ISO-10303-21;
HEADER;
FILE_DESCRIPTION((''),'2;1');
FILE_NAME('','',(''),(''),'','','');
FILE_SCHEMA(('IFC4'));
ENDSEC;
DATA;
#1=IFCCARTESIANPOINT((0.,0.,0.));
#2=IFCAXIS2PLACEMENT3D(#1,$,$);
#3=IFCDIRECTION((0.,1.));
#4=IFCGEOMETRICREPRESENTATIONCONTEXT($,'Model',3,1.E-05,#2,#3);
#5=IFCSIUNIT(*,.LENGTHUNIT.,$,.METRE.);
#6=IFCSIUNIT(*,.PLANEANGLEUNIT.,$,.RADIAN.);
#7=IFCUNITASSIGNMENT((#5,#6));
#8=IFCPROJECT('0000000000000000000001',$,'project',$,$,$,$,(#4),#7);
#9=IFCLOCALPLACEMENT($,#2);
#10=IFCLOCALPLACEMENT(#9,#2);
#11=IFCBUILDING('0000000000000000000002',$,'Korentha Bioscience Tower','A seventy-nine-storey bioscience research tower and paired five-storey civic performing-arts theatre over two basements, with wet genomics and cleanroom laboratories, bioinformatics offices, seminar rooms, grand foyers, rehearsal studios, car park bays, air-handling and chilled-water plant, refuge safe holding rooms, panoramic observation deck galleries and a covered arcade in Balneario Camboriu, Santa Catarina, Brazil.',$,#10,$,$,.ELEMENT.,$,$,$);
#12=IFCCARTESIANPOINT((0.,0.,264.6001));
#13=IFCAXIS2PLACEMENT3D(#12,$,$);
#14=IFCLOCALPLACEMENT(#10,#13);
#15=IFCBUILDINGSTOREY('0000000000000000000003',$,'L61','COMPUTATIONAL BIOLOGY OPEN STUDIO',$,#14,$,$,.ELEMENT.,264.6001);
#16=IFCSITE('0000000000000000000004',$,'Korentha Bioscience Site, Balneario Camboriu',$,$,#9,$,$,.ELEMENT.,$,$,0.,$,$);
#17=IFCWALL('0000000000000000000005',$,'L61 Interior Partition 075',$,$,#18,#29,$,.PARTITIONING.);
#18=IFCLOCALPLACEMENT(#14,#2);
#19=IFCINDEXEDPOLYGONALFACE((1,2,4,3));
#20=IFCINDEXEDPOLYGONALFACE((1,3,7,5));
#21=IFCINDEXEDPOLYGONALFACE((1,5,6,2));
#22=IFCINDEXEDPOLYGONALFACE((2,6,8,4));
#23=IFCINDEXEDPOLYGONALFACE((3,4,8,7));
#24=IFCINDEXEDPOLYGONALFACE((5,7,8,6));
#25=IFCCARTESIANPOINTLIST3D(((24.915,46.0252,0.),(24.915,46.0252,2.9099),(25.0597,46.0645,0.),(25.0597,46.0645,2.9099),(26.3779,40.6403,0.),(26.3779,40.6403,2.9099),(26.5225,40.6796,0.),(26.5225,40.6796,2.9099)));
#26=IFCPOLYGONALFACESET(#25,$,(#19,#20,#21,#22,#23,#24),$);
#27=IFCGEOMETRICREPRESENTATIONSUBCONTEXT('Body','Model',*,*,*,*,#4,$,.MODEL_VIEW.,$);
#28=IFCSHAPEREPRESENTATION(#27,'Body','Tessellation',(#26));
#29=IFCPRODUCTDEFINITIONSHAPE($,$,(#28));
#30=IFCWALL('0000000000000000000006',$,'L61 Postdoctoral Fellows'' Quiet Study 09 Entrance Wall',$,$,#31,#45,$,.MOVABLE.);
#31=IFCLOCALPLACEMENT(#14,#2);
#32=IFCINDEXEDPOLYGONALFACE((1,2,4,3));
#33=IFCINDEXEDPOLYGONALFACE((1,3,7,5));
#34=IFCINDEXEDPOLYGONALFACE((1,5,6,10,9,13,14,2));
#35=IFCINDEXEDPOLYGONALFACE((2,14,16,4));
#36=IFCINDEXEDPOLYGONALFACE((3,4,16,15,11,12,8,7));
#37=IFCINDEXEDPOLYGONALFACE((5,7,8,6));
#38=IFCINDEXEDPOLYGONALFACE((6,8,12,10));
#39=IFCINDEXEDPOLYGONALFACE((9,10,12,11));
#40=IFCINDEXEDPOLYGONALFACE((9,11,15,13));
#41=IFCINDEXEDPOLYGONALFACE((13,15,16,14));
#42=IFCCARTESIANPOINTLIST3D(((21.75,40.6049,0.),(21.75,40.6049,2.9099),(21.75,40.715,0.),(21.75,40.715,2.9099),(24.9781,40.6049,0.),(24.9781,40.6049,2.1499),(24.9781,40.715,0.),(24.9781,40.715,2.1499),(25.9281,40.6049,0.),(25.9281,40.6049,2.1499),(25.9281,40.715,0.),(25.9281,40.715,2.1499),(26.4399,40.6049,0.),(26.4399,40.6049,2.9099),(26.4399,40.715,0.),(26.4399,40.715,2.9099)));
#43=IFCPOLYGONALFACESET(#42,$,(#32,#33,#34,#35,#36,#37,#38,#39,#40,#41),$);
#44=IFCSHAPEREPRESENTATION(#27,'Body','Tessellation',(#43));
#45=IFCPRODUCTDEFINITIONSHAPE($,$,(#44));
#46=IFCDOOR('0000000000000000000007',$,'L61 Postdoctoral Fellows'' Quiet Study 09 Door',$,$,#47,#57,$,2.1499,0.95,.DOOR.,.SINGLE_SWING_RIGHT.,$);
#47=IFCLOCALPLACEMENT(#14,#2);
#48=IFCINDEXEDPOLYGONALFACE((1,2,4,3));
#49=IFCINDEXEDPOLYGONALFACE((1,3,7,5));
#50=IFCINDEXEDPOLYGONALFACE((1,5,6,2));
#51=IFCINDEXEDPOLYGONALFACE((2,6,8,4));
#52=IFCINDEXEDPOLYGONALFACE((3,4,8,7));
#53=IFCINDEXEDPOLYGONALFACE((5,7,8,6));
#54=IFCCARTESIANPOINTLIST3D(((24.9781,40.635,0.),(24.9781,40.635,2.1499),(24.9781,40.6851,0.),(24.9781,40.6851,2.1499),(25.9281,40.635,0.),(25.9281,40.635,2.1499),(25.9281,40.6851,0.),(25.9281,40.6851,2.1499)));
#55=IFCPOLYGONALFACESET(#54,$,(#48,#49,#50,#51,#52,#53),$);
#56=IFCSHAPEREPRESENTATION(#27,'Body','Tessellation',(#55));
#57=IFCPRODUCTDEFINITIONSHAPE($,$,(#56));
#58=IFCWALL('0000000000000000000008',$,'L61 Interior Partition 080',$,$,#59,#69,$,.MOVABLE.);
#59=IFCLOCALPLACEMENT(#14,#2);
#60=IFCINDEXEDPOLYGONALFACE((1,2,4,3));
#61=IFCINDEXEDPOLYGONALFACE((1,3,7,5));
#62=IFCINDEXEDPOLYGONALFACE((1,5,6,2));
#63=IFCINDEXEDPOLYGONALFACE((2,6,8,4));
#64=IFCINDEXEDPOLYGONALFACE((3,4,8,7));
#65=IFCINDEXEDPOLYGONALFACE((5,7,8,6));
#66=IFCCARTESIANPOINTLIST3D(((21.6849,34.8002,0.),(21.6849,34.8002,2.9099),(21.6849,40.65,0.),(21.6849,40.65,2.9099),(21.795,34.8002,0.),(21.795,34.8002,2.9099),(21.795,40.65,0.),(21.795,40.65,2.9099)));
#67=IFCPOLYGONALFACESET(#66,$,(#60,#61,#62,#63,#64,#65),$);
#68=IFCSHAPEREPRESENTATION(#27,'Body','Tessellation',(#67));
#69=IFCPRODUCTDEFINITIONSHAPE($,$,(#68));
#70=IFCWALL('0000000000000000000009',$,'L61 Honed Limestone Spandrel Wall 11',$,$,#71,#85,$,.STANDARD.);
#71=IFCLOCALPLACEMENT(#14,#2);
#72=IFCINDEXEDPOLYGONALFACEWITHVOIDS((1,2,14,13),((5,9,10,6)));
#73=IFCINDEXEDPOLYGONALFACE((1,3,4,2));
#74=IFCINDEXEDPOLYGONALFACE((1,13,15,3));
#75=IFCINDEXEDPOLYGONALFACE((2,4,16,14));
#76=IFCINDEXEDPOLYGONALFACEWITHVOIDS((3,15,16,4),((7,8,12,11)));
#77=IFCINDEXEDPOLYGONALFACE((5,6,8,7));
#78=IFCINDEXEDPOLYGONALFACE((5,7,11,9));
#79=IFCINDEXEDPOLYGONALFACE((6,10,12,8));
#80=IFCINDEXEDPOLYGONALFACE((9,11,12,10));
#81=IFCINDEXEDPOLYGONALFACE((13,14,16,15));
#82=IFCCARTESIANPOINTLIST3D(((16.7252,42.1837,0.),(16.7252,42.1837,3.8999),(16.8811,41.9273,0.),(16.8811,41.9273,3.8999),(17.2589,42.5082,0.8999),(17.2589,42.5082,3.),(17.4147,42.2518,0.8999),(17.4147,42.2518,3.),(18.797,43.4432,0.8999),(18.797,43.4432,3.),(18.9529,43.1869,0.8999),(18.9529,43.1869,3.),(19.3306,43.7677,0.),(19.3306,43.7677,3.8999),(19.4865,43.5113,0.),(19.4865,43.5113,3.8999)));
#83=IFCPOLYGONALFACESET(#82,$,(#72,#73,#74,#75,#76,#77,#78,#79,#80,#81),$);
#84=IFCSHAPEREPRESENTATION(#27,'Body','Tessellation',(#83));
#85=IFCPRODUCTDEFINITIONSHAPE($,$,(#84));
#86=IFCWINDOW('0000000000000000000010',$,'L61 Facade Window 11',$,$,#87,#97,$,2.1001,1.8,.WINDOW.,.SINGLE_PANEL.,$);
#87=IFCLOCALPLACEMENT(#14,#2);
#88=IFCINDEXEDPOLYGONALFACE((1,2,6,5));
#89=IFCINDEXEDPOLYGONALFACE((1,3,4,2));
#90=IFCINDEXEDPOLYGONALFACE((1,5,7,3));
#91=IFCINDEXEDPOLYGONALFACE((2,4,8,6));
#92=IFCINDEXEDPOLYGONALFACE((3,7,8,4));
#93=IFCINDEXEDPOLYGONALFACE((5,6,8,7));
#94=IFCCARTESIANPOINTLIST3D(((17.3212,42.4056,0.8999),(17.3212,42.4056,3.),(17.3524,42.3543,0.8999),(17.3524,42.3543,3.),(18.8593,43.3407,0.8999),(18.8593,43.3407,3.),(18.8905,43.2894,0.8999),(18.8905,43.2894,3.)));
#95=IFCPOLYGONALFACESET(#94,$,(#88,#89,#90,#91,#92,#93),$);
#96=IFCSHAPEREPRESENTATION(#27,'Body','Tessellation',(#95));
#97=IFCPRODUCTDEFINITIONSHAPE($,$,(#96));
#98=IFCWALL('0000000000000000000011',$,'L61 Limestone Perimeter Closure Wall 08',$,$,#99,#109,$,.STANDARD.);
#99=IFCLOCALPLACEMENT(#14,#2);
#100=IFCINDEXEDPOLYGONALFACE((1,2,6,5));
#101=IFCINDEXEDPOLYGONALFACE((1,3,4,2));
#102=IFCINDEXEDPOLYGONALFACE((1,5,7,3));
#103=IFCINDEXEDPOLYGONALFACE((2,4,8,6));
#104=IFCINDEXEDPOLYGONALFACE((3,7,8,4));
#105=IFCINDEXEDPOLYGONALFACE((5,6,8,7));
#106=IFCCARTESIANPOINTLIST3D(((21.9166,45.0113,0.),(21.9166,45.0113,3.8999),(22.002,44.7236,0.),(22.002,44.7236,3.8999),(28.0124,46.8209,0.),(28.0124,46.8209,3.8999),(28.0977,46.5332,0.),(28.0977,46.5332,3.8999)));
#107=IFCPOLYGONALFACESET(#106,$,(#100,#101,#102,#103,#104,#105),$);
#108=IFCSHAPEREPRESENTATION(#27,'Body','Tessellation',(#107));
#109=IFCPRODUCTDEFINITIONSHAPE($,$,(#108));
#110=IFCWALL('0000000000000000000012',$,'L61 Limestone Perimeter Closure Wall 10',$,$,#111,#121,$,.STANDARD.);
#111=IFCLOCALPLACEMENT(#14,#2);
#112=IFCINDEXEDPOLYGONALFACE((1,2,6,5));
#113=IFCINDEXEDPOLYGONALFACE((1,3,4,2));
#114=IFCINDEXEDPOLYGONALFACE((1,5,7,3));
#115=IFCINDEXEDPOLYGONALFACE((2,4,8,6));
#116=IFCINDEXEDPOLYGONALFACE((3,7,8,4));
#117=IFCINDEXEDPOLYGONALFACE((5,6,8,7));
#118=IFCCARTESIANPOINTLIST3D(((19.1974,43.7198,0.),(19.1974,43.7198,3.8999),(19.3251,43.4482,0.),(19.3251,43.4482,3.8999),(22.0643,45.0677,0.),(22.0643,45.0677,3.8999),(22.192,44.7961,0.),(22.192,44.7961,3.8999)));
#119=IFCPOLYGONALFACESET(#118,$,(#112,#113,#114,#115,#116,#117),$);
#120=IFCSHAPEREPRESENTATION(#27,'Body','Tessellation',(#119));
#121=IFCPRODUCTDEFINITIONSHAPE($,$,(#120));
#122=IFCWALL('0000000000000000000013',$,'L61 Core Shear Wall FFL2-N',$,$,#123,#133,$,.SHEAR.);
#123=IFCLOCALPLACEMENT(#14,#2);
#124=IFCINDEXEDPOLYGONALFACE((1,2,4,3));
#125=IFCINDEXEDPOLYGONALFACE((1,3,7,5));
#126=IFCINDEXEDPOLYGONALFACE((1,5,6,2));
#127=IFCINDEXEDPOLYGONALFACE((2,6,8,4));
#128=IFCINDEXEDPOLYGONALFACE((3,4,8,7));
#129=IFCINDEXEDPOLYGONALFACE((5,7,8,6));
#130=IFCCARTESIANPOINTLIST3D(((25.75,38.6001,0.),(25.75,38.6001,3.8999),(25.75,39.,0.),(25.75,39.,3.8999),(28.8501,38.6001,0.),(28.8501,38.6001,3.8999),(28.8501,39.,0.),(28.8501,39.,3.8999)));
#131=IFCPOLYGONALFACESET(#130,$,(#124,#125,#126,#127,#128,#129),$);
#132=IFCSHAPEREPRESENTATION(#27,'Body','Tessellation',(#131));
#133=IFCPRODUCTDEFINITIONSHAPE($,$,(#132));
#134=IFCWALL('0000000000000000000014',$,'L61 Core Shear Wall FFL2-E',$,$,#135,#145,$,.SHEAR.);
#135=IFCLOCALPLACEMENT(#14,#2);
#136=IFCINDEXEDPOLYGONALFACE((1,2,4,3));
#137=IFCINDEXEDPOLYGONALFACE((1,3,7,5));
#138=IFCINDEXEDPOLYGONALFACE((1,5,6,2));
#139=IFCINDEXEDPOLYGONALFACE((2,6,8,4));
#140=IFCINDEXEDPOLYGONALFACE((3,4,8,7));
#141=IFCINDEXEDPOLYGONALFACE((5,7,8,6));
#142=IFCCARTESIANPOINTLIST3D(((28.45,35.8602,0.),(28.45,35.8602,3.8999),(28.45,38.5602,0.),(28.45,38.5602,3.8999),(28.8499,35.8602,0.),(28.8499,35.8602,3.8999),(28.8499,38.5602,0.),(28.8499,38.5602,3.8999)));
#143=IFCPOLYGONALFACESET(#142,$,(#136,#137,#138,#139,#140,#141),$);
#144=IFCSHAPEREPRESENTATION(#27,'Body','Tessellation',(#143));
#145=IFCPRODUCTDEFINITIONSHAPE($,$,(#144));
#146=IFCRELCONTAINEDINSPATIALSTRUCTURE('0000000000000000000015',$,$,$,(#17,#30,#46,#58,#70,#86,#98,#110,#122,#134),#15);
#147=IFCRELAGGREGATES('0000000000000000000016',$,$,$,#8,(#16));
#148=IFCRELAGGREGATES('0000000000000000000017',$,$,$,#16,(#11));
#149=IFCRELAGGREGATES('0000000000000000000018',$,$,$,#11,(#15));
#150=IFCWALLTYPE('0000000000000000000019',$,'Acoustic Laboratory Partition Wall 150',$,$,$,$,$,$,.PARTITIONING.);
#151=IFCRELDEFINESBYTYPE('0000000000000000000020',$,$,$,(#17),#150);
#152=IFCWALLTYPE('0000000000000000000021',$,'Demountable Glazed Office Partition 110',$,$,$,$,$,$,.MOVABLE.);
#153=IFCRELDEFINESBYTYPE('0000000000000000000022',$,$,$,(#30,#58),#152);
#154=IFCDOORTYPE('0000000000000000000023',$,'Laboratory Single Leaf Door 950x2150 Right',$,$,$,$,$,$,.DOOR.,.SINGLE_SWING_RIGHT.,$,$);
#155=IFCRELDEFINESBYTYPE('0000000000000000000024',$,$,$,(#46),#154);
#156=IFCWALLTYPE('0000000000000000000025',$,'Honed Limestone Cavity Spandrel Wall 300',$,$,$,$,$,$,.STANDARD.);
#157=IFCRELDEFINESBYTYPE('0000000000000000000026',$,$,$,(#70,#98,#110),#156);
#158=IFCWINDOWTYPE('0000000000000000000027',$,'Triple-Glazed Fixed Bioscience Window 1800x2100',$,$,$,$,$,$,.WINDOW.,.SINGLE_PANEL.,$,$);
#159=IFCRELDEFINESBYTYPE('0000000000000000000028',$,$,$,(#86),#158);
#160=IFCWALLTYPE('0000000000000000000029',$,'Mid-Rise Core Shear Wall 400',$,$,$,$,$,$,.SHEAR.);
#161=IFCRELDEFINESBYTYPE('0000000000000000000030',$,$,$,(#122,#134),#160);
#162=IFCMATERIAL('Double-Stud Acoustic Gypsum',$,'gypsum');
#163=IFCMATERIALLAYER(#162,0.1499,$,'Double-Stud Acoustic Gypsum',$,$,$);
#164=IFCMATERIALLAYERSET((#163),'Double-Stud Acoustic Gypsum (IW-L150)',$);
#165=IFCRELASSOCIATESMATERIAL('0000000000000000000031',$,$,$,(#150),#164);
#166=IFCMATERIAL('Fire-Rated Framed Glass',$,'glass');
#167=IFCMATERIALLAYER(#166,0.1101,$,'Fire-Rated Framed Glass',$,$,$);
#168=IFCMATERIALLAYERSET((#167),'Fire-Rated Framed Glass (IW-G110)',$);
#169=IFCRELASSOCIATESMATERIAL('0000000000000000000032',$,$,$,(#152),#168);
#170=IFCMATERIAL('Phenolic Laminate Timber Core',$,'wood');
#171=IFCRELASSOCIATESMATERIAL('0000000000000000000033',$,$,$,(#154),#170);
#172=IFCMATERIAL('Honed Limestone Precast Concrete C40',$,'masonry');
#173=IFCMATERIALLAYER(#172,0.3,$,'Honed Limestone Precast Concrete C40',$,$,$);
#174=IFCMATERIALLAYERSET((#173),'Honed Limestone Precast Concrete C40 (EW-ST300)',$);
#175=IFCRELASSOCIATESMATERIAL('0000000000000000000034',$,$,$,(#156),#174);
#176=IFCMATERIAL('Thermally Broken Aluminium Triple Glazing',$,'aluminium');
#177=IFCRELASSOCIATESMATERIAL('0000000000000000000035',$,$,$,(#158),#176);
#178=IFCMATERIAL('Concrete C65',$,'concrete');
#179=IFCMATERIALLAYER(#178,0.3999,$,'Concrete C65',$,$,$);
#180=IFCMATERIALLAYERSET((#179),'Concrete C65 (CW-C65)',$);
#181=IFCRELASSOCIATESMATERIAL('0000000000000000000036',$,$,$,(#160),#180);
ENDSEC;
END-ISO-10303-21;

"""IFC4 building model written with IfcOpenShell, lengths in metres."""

from ifc_helpers import new_model, si_unit, direction, frame, frame_2d, origin, place, context, subcontext, project, spatial, rectangle, extrude, material, layer, layer_set, type_object, element, fill, save


model = new_model("IFC4")

# Units and contexts
model_context = context("Model", 3, precision=1e-05, world=origin(), true_north=direction((0.0, 1.0)))
body_context = subcontext(model_context, "Body", "Model", "MODEL_VIEW")
ifc_project = project(units=[si_unit("LENGTHUNIT", "METRE"), si_unit("PLANEANGLEUNIT", "RADIAN")], contexts=[model_context])

# Site, building, storey
site_placement = place(None, origin())
site = spatial("IfcSite", under=ifc_project, at=site_placement, Name="Korentha Bioscience Site, Balneario Camboriu", CompositionType="ELEMENT", RefElevation=0.0)
building_placement = place(site_placement, origin())
building = spatial("IfcBuilding", under=site, at=building_placement, Name="Korentha Bioscience Tower", Description="A seventy-nine-storey bioscience research tower and paired five-storey civic performing-arts theatre over two basements, with wet genomics and cleanroom laboratories, bioinformatics offices, seminar rooms, grand foyers, rehearsal studios, car park bays, air-handling and chilled-water plant, refuge safe holding rooms, panoramic observation deck galleries and a covered arcade in Balneario Camboriu, Santa Catarina, Brazil.", CompositionType="ELEMENT")
storey_placement = place(building_placement, frame((0.0, 0.0, 264.6001)))
storey = spatial("IfcBuildingStorey", under=building, at=storey_placement, Name="L61", Description="COMPUTATIONAL BIOLOGY OPEN STUDIO", CompositionType="ELEMENT", Elevation=264.6001)

# Shared definitions
ifc_material_1 = material(Name="Concrete C65", Category="concrete")

# Wall
ifc_material_2 = material(Name="Double-Stud Acoustic Gypsum", Category="gypsum")
ifc_layer_1 = layer(ifc_material_2, 0.1499, Name="Double-Stud Acoustic Gypsum")
ifc_layer_set_1 = layer_set([ifc_layer_1], Name="Double-Stud Acoustic Gypsum (IW-L150)")
wall_type_1 = type_object("IfcWallType", Name="Acoustic Laboratory Partition Wall 150", PredefinedType="PARTITIONING", material=ifc_layer_set_1)
wall_1_placement = place(storey_placement, frame((26.4502, 40.6599, 0.0), z_axis=(0.0, 0.0, 1.0), x_axis=(-0.262158, 0.965025, 0.0)))
element("IfcWall", 1, at=wall_1_placement, inside=storey, type_object=wall_type_1, Name="L61 Interior Partition 075", PredefinedType="PARTITIONING", context=body_context, shape_type="SweptSolid", body=[
    extrude(rectangle(XDim=5.5801, YDim=0.1499, at=frame_2d((2.79, 0.0))), origin(), (0.0, 0.0, 1.0), 2.9099),
])

# Wall, opening, door
ifc_material_3 = material(Name="Fire-Rated Framed Glass", Category="glass")
ifc_layer_2 = layer(ifc_material_3, 0.1101, Name="Fire-Rated Framed Glass")
ifc_layer_set_2 = layer_set([ifc_layer_2], Name="Fire-Rated Framed Glass (IW-G110)")
wall_type_2 = type_object("IfcWallType", Name="Demountable Glazed Office Partition 110", PredefinedType="MOVABLE", material=ifc_layer_set_2)
wall_2_placement = place(storey_placement, frame((26.4399, 40.6599, 0.0), z_axis=(0.0, 0.0, 1.0), x_axis=(-1.0, 0.0, 0.0)))
wall_2 = element("IfcWall", 2, at=wall_2_placement, inside=storey, type_object=wall_type_2, Name="L61 Postdoctoral Fellows' Quiet Study 09 Entrance Wall", PredefinedType="MOVABLE", context=body_context, shape_type="SweptSolid", body=[
    extrude(rectangle(XDim=4.6899, YDim=0.1101, at=frame_2d((2.345, 0.0))), origin(), (0.0, 0.0, 1.0), 2.9099),
])
opening_1_placement = place(wall_2_placement, frame((0.5117, 0.0, 0.0)))
opening_1 = element("IfcOpeningElement", 3, at=opening_1_placement, cuts=wall_2, PredefinedType="OPENING", context=body_context, shape_type="SweptSolid", body=[
    extrude(rectangle(XDim=0.95, YDim=2.1499, at=frame_2d((0.4751, 1.075))), frame((0.0, 0.0698, 0.0), z_axis=(0.0, -1.0, 0.0), x_axis=(1.0, 0.0, 0.0)), (0.0, 0.0, 1.0), 0.1399),
])
ifc_material_4 = material(Name="Phenolic Laminate Timber Core", Category="wood")
door_type = type_object("IfcDoorType", Name="Laboratory Single Leaf Door 950x2150 Right", OperationType="SINGLE_SWING_RIGHT", PredefinedType="DOOR", material=ifc_material_4)
door_placement = place(opening_1_placement, origin())
door = element("IfcDoor", 4, at=door_placement, inside=storey, type_object=door_type, Name="L61 Postdoctoral Fellows' Quiet Study 09 Door", OperationType="SINGLE_SWING_RIGHT", OverallHeight=2.1499, OverallWidth=0.95, PredefinedType="DOOR", context=body_context, shape_type="SweptSolid", body=[
    extrude(rectangle(XDim=0.95, YDim=2.1499, at=frame_2d((0.4751, 1.075))), frame((0.0, 0.0249, 0.0), z_axis=(0.0, -1.0, 0.0), x_axis=(1.0, 0.0, 0.0)), (0.0, 0.0, 1.0), 0.05),
])
fill(opening_1, door)

# Wall
wall_3_placement = place(storey_placement, frame((21.74, 40.6499, 0.0), z_axis=(0.0, 0.0, 1.0), x_axis=(0.0, -1.0, 0.0)))
element("IfcWall", 5, at=wall_3_placement, inside=storey, type_object=wall_type_2, Name="L61 Interior Partition 080", PredefinedType="MOVABLE", context=body_context, shape_type="SweptSolid", body=[
    extrude(rectangle(XDim=5.8499, YDim=0.1101, at=frame_2d((2.9248, 0.0))), origin(), (0.0, 0.0, 1.0), 2.9099),
])

# Wall, opening, window
ifc_material_5 = material(Name="Honed Limestone Precast Concrete C40", Category="masonry")
ifc_layer_3 = layer(ifc_material_5, 0.3, Name="Honed Limestone Precast Concrete C40")
ifc_layer_set_3 = layer_set([ifc_layer_3], Name="Honed Limestone Precast Concrete C40 (EW-ST300)")
wall_type_3 = type_object("IfcWallType", Name="Honed Limestone Cavity Spandrel Wall 300", PredefinedType="STANDARD", material=ifc_layer_set_3)
wall_4_placement = place(storey_placement, frame((19.4084, 43.6394, 0.0), z_axis=(0.0, 0.0, 1.0), x_axis=(-0.854483, -0.519479, 0.0)))
wall_4 = element("IfcWall", 6, at=wall_4_placement, inside=storey, type_object=wall_type_3, Name="L61 Honed Limestone Spandrel Wall 11", PredefinedType="STANDARD", context=body_context, shape_type="SweptSolid", body=[
    extrude(rectangle(XDim=3.0491, YDim=0.3, at=frame_2d((1.5244, 0.0))), origin(), (0.0, 0.0, 1.0), 3.8999),
])
opening_2_placement = place(wall_4_placement, frame((0.6245, 0.0, 0.8999)))
opening_2 = element("IfcOpeningElement", 7, at=opening_2_placement, cuts=wall_4, PredefinedType="OPENING", context=body_context, shape_type="SweptSolid", body=[
    extrude(rectangle(XDim=1.8, YDim=2.1001, at=frame_2d((0.8999, 1.05))), frame((0.0, 0.165, 0.0), z_axis=(0.0, -1.0, 0.0), x_axis=(1.0, 0.0, 0.0)), (0.0, 0.0, 1.0), 0.3298),
])
ifc_material_6 = material(Name="Thermally Broken Aluminium Triple Glazing", Category="aluminium")
window_type = type_object("IfcWindowType", Name="Triple-Glazed Fixed Bioscience Window 1800x2100", PartitioningType="SINGLE_PANEL", PredefinedType="WINDOW", material=ifc_material_6)
window_placement = place(opening_2_placement, origin())
window = element("IfcWindow", 8, at=window_placement, inside=storey, type_object=window_type, Name="L61 Facade Window 11", OverallHeight=2.1001, OverallWidth=1.8, PartitioningType="SINGLE_PANEL", PredefinedType="WINDOW", context=body_context, shape_type="SweptSolid", body=[
    extrude(rectangle(XDim=1.8, YDim=2.1001, at=frame_2d((0.8999, 1.05))), frame((0.0, 0.03, 0.0), z_axis=(0.0, -1.0, 0.0), x_axis=(1.0, 0.0, 0.0)), (0.0, 0.0, 1.0), 0.0601),
])
fill(opening_2, window)

# Walls
wall_5_placement = place(storey_placement, frame((28.0549, 46.677, 0.0), z_axis=(0.0, 0.0, 1.0), x_axis=(-0.958651, -0.284585, 0.0)))
element("IfcWall", 9, at=wall_5_placement, inside=storey, type_object=wall_type_3, Name="L61 Limestone Perimeter Closure Wall 08", PredefinedType="STANDARD", context=body_context, shape_type="SweptSolid", body=[
    extrude(rectangle(XDim=6.3586, YDim=0.3, at=frame_2d((3.1792, 0.0))), origin(), (0.0, 0.0, 1.0), 3.8999),
])
wall_6_placement = place(storey_placement, frame((22.1282, 44.9319, 0.0), z_axis=(0.0, 0.0, 1.0), x_axis=(-0.904971, -0.425474, 0.0)))
element("IfcWall", 10, at=wall_6_placement, inside=storey, type_object=wall_type_3, Name="L61 Limestone Perimeter Closure Wall 10", PredefinedType="STANDARD", context=body_context, shape_type="SweptSolid", body=[
    extrude(rectangle(XDim=3.168, YDim=0.3, at=frame_2d((1.584, 0.0))), origin(), (0.0, 0.0, 1.0), 3.8999),
])
ifc_layer_4 = layer(ifc_material_1, 0.3999, Name="Concrete C65")
ifc_layer_set_4 = layer_set([ifc_layer_4], Name="Concrete C65 (CW-C65)")
wall_type_4 = type_object("IfcWallType", Name="Mid-Rise Core Shear Wall 400", PredefinedType="SHEAR", material=ifc_layer_set_4)
wall_7_placement = place(storey_placement, frame((25.75, 38.8, 0.0), z_axis=(0.0, 0.0, 1.0), x_axis=(1.0, 0.0, 0.0)))
element("IfcWall", 11, at=wall_7_placement, inside=storey, type_object=wall_type_4, Name="L61 Core Shear Wall FFL2-N", PredefinedType="SHEAR", context=body_context, shape_type="SweptSolid", body=[
    extrude(rectangle(XDim=3.1001, YDim=0.3999, at=frame_2d((1.55, 0.0))), origin(), (0.0, 0.0, 1.0), 3.8999),
])
wall_8_placement = place(storey_placement, frame((28.6499, 35.8601, 0.0), z_axis=(0.0, 0.0, 1.0), x_axis=(0.0, 1.0, 0.0)))
element("IfcWall", 12, at=wall_8_placement, inside=storey, type_object=wall_type_4, Name="L61 Core Shear Wall FFL2-E", PredefinedType="SHEAR", context=body_context, shape_type="SweptSolid", body=[
    extrude(rectangle(XDim=2.7, YDim=0.3999, at=frame_2d((1.3501, 0.0))), origin(), (0.0, 0.0, 1.0), 3.8999),
])

save(model, "model.ifc")
